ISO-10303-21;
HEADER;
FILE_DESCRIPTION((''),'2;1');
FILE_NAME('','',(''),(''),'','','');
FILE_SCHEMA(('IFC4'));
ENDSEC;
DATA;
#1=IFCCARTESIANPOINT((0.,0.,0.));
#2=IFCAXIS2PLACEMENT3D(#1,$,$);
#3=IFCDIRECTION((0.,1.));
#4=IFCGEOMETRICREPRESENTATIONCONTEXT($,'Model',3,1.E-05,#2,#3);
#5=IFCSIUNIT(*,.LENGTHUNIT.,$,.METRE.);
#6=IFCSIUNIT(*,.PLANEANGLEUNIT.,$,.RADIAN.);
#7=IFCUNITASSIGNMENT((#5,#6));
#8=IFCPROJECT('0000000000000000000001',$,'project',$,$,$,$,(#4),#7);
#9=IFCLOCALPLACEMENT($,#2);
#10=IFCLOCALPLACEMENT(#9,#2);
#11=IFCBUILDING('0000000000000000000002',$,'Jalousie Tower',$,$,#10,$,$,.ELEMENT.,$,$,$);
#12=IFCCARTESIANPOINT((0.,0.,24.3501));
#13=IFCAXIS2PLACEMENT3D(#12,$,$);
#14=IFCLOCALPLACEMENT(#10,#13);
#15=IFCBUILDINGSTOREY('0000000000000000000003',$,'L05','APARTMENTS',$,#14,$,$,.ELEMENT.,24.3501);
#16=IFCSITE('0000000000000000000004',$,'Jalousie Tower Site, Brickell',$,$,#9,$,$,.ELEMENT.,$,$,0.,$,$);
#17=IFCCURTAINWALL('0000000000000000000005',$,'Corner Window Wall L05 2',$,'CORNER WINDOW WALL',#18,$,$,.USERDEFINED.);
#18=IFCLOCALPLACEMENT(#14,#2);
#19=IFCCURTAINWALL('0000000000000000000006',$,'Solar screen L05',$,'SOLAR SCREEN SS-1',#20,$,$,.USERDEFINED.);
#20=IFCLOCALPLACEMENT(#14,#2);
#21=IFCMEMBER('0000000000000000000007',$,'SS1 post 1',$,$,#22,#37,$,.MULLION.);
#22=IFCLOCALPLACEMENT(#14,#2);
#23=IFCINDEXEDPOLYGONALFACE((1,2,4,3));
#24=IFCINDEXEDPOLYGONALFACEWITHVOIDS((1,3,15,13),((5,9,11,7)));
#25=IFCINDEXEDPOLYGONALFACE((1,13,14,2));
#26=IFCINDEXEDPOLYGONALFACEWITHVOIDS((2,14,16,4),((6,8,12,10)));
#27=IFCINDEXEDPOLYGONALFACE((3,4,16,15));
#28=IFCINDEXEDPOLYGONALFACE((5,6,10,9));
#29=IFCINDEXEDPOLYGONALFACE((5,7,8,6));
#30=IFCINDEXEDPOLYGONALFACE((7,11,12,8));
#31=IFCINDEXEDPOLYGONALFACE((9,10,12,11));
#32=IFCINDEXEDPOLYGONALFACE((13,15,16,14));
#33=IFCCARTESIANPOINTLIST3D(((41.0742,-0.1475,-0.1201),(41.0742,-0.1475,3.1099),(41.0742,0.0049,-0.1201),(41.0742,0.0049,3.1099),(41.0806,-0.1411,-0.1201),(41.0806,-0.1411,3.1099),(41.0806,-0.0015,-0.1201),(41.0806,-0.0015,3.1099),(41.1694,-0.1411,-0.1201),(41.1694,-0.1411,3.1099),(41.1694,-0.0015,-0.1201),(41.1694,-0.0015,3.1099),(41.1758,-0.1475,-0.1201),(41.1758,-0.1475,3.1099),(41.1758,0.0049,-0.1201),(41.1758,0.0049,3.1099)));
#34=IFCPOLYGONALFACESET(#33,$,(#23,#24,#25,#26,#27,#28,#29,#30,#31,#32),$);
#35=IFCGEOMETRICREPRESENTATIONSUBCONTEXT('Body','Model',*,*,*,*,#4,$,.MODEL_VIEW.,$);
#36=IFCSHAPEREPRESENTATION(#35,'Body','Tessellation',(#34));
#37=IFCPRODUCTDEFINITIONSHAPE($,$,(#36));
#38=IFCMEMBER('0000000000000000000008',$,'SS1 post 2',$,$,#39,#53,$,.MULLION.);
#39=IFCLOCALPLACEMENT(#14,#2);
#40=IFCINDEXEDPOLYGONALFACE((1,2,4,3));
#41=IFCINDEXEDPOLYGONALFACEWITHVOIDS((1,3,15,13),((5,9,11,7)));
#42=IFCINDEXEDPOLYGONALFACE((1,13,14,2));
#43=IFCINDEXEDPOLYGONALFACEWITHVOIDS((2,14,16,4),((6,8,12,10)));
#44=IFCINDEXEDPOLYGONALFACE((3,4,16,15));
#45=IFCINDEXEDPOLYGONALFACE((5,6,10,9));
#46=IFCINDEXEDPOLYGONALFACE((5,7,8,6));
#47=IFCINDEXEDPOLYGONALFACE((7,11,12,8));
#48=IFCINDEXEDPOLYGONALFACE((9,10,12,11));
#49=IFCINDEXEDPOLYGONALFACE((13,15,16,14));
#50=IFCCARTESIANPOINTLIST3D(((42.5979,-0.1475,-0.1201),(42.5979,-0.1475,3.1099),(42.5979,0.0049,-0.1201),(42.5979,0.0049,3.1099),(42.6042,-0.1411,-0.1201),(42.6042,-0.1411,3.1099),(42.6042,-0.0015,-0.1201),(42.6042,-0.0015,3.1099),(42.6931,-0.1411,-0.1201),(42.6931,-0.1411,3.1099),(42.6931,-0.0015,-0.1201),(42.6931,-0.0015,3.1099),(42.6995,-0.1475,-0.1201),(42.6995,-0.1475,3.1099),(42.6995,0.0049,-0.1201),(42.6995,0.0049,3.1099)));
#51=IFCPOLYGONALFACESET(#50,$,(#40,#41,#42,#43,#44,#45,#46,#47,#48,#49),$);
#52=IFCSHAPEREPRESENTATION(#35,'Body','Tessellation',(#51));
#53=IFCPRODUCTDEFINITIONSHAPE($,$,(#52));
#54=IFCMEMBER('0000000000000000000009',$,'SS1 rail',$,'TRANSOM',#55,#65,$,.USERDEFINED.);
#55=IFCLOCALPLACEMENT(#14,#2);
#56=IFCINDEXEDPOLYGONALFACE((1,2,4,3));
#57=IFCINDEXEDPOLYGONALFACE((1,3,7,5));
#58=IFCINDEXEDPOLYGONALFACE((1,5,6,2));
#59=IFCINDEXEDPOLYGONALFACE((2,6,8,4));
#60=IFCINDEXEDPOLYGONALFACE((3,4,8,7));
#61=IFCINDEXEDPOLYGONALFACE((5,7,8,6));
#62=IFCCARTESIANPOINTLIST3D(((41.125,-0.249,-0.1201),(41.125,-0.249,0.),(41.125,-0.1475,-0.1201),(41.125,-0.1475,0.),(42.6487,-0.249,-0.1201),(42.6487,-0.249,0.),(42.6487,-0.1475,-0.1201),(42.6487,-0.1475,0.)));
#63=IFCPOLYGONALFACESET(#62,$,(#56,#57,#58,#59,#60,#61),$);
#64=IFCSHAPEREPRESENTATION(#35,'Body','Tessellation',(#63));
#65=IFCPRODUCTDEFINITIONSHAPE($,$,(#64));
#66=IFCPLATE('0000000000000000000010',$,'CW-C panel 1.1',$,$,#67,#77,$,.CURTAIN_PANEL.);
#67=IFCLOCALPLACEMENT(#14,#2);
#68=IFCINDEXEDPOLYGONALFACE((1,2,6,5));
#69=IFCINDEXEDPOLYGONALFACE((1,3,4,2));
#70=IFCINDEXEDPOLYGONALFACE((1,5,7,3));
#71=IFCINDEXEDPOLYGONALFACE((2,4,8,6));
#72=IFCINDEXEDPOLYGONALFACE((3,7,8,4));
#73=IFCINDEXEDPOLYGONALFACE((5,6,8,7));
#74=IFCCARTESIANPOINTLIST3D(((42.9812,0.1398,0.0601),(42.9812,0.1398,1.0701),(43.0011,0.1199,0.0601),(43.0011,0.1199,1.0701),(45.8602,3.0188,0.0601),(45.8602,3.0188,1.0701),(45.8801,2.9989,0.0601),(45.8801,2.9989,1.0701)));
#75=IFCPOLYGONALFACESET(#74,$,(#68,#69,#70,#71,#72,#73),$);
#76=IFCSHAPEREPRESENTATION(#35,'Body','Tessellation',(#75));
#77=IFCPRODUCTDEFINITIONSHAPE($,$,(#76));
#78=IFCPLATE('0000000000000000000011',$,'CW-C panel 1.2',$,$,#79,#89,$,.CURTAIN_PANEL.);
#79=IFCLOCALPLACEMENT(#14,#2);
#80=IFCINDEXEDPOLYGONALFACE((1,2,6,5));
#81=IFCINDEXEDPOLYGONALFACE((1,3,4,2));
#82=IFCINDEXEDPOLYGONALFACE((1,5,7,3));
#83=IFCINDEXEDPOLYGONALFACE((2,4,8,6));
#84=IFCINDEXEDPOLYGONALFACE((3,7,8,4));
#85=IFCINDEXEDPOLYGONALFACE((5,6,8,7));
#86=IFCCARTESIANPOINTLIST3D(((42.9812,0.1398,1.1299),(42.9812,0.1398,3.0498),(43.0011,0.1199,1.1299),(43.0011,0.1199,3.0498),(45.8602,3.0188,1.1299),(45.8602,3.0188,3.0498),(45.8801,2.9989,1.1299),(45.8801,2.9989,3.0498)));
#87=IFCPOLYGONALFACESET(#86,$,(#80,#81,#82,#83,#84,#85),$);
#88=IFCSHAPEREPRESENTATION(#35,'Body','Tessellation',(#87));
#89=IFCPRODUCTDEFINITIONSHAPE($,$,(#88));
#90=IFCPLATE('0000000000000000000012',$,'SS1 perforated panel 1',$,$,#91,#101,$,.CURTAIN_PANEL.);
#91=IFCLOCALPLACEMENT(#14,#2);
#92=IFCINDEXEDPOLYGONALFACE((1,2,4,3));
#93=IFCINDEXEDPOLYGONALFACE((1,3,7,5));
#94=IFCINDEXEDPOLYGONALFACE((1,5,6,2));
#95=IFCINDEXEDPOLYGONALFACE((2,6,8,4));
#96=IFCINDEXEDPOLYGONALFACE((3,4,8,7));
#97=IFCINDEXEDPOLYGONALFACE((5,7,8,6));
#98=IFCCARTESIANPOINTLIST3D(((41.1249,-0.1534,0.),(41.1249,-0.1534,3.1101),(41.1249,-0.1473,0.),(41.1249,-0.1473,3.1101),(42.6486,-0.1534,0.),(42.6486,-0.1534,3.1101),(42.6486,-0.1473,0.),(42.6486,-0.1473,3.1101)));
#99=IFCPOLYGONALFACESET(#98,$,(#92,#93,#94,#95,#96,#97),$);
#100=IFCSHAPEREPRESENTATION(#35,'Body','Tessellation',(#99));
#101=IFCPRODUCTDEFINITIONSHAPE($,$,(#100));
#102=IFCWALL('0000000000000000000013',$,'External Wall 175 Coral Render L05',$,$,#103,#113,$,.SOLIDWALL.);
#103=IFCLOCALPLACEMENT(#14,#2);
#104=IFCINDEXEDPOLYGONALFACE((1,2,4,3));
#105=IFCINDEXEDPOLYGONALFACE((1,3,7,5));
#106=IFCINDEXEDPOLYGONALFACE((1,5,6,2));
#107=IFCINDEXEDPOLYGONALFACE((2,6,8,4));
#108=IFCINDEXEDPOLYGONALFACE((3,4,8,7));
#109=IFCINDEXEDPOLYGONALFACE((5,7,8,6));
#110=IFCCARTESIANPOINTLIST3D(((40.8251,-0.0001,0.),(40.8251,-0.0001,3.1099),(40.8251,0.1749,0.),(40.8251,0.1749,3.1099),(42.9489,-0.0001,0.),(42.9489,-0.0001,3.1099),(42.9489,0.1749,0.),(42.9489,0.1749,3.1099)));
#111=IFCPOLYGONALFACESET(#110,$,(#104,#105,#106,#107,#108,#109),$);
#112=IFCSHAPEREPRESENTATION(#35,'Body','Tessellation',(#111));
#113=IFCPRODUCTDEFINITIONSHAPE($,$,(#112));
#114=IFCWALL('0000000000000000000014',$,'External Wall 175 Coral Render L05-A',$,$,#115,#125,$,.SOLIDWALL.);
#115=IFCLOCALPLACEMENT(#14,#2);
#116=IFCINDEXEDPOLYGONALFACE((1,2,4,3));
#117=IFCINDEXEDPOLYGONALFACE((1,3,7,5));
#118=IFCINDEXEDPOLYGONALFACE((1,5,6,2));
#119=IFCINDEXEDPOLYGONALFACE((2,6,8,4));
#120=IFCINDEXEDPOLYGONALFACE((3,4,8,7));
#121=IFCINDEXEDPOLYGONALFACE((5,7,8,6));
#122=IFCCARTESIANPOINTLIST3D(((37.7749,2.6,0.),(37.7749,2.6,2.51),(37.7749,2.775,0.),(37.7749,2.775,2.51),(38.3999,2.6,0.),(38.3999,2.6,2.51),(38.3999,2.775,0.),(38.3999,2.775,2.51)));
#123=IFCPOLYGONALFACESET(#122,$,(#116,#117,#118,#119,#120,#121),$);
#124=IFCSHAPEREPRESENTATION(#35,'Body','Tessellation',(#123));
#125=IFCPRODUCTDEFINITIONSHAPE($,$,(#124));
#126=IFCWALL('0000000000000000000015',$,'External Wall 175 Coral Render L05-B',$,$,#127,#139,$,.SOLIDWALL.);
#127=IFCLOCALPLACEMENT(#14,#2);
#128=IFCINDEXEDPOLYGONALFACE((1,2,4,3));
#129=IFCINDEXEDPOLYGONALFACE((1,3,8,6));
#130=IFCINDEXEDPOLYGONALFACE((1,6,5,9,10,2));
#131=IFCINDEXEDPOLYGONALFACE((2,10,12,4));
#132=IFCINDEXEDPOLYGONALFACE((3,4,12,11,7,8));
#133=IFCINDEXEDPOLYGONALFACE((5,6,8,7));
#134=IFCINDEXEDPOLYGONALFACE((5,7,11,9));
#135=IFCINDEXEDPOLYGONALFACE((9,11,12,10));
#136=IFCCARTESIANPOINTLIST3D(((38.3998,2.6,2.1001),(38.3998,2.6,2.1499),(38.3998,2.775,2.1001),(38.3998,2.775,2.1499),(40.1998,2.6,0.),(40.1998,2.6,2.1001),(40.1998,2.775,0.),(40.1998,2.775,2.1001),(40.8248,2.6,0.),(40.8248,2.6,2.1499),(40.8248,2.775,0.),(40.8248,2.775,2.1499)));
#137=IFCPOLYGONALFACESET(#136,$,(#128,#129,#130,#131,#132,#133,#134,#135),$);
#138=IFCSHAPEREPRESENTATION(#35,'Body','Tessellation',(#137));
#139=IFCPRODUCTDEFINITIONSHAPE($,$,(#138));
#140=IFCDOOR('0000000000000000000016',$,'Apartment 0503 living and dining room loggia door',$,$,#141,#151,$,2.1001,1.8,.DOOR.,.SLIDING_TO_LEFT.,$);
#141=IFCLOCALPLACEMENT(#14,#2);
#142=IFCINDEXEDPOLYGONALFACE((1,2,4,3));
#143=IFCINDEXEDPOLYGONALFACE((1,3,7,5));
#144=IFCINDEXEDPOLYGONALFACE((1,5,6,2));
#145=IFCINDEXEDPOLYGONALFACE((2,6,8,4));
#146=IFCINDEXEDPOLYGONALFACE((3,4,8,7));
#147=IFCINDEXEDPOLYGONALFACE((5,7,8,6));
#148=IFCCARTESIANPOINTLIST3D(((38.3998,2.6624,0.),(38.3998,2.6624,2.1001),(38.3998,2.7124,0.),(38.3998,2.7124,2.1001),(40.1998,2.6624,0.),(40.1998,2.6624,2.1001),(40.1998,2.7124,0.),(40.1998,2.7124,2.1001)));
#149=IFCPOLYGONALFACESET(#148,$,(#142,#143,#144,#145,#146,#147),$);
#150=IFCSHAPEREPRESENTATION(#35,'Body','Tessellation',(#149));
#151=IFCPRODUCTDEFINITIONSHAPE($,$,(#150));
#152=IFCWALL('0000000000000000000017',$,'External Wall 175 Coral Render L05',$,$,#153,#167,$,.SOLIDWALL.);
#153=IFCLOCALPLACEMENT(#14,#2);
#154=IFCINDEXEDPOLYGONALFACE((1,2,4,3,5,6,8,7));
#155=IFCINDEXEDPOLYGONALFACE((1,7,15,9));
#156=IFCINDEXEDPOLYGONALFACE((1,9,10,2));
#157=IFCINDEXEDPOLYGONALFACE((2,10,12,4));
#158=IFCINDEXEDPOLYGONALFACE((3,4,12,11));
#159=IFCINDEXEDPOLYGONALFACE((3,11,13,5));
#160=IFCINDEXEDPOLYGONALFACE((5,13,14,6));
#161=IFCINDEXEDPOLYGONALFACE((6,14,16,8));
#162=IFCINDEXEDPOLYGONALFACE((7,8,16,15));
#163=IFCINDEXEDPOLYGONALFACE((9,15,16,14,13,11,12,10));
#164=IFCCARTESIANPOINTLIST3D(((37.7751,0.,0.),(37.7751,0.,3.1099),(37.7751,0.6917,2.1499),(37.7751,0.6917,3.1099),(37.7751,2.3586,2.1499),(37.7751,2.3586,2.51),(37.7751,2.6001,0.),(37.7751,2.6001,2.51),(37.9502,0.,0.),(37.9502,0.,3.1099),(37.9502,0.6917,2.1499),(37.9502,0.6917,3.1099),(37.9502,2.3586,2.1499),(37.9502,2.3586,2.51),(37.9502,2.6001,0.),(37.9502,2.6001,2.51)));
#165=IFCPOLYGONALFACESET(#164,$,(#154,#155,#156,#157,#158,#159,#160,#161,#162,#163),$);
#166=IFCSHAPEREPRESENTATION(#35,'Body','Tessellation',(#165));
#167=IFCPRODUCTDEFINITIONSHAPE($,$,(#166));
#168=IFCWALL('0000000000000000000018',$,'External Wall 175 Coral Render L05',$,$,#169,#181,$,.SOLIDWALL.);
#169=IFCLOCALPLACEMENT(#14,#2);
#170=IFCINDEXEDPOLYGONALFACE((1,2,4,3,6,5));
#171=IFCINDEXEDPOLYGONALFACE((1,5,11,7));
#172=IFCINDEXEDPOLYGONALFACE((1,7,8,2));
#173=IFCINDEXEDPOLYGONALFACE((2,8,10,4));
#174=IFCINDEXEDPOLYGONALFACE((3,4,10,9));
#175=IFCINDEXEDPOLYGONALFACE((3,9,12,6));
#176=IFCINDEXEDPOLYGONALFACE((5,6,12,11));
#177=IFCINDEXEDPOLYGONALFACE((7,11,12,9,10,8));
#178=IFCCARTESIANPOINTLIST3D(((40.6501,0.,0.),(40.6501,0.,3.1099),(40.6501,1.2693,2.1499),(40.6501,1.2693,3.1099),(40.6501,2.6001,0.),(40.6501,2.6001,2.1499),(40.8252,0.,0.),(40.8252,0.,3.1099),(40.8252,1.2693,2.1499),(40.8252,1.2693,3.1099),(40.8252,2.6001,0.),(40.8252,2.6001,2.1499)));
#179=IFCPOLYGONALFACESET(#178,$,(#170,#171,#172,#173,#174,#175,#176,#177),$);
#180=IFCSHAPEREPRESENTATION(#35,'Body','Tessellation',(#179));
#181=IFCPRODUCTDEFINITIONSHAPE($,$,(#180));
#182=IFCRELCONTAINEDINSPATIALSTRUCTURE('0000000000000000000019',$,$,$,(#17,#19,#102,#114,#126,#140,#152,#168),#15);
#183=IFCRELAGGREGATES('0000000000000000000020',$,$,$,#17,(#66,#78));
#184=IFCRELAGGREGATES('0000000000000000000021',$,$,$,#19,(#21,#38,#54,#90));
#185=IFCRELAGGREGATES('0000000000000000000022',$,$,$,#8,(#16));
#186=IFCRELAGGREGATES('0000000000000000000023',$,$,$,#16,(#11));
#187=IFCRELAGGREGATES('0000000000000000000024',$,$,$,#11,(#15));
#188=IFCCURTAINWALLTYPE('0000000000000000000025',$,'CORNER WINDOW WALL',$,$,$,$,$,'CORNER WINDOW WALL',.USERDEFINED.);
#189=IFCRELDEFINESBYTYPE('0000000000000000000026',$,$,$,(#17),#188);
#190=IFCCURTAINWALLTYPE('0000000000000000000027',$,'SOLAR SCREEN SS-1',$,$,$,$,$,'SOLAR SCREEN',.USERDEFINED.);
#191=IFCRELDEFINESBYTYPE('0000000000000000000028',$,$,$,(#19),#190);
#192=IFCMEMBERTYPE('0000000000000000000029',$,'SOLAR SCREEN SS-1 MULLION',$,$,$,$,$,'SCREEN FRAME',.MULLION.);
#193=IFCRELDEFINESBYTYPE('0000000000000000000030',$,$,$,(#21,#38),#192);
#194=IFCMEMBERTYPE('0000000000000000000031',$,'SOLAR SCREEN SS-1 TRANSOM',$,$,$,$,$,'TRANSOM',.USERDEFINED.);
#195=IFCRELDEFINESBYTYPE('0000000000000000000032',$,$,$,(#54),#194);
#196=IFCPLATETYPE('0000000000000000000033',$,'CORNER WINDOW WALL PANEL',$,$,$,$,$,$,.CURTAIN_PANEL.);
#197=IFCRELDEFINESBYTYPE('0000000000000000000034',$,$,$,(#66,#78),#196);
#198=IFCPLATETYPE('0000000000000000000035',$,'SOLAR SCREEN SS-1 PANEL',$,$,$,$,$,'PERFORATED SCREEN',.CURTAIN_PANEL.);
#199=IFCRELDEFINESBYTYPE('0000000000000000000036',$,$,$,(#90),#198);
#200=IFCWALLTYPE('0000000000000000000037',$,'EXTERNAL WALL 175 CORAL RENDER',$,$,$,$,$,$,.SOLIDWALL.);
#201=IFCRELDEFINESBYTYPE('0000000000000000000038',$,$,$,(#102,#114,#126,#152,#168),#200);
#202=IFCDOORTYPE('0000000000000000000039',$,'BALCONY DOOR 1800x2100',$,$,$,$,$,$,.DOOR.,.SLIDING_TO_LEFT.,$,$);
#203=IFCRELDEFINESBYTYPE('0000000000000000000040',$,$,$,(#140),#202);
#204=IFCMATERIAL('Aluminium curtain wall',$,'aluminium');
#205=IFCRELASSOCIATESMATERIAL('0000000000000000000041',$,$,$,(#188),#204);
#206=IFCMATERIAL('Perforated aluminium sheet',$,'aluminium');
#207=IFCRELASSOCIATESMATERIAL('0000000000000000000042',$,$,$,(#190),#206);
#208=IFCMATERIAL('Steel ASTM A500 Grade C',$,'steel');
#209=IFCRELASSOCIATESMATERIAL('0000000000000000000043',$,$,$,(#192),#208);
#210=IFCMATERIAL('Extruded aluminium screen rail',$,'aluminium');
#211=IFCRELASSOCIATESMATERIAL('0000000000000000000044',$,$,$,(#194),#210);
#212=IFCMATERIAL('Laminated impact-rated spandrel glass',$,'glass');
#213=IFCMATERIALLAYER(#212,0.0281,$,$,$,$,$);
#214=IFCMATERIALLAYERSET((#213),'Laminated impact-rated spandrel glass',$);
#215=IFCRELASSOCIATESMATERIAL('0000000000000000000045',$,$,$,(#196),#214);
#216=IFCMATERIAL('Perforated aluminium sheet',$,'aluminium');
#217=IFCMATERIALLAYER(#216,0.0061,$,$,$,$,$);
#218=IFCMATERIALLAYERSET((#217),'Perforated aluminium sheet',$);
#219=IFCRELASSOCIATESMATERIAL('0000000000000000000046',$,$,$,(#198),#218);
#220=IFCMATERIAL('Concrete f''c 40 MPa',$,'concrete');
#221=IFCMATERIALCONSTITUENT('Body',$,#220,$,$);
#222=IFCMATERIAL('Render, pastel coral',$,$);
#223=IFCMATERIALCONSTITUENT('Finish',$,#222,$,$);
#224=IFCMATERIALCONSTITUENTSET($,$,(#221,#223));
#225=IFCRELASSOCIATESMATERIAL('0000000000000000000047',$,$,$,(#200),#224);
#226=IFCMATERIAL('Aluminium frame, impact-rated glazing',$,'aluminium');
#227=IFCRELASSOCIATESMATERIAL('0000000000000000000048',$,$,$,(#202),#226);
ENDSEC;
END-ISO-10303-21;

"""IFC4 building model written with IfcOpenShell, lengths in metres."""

from ifc_helpers import new_model, si_unit, direction, frame, frame_2d, origin, origin_2d, place, context, subcontext, project, spatial, polyline, rectangle, hollow_rectangle, outline, extrude, material, layer, layer_set, constituent, constituent_set, material_profile, profile_set, type_object, element, fill, aggregate, save


model = new_model("IFC4")

# Units and contexts
model_context = context("Model", 3, precision=1e-05, world=origin(), true_north=direction((0.0, 1.0)))
body_context = subcontext(model_context, "Body", "Model", "MODEL_VIEW")
ifc_project = project(units=[si_unit("LENGTHUNIT", "METRE"), si_unit("PLANEANGLEUNIT", "RADIAN")], contexts=[model_context])

# Site, building, storey
site_placement = place(None, origin())
site = spatial("IfcSite", under=ifc_project, at=site_placement, Name="Jalousie Tower Site, Brickell", CompositionType="ELEMENT", RefElevation=0.0)
building_placement = place(site_placement, origin())
building = spatial("IfcBuilding", under=site, at=building_placement, Name="Jalousie Tower", CompositionType="ELEMENT")
storey_placement = place(building_placement, frame((0.0, 0.0, 24.3501)))
storey = spatial("IfcBuildingStorey", under=building, at=storey_placement, Name="L05", Description="APARTMENTS", CompositionType="ELEMENT", Elevation=24.3501)

# Curtain wall
ifc_material_1 = material(Name="Aluminium curtain wall", Category="aluminium")
curtain_wall_type_1 = type_object("IfcCurtainWallType", Name="CORNER WINDOW WALL", ElementType="CORNER WINDOW WALL", PredefinedType="USERDEFINED", material=ifc_material_1)
curtain_wall_1_placement = place(storey_placement, origin())
curtain_wall_1 = element("IfcCurtainWall", 1, at=curtain_wall_1_placement, inside=storey, type_object=curtain_wall_type_1, Name="Corner Window Wall L05 2", ObjectType="CORNER WINDOW WALL", PredefinedType="USERDEFINED")

# Shared definitions
ifc_material_2 = material(Name="Perforated aluminium sheet", Category="aluminium")
curtain_wall_type_2 = type_object("IfcCurtainWallType", Name="SOLAR SCREEN SS-1", ElementType="SOLAR SCREEN", PredefinedType="USERDEFINED", material=ifc_material_2)
ifc_material_3 = material(Name="Steel ASTM A500 Grade C", Category="steel")
ifc_material_profile_1 = material_profile(ifc_material_3, hollow_rectangle(XDim=0.1016, YDim=0.1523, WallThickness=0.0063, at=origin_2d()), Name="HSS6X4X1/4")
ifc_profile_set_1 = profile_set([ifc_material_profile_1], Name="Steel ASTM A500 Grade C")
member_type_1 = type_object("IfcMemberType", Name="SOLAR SCREEN SS-1 MULLION", ElementType="SCREEN FRAME", PredefinedType="MULLION", material=ifc_profile_set_1)

# Curtain wall, members
curtain_wall_2_placement = place(storey_placement, origin())
curtain_wall_2 = element("IfcCurtainWall", 2, at=curtain_wall_2_placement, inside=storey, type_object=curtain_wall_type_2, Name="Solar screen L05", ObjectType="SOLAR SCREEN SS-1", PredefinedType="USERDEFINED")
member_1_placement = place(storey_placement, frame((41.125, -0.0713, -0.1201), z_axis=(0.0, 0.0, 1.0), x_axis=(1.0, 0.0, 0.0)))
member_1 = element("IfcMember", 3, at=member_1_placement, type_object=member_type_1, Name="SS1 post 1", PredefinedType="MULLION", context=body_context, shape_type="SweptSolid", body=[
    extrude(hollow_rectangle(XDim=0.1016, YDim=0.1523, WallThickness=0.0063, at=origin_2d()), origin(), (0.0, 0.0, 1.0), 3.23),
])
member_2_placement = place(storey_placement, frame((42.6487, -0.0713, -0.1201), z_axis=(0.0, 0.0, 1.0), x_axis=(1.0, 0.0, 0.0)))
member_2 = element("IfcMember", 4, at=member_2_placement, type_object=member_type_1, Name="SS1 post 2", PredefinedType="MULLION", context=body_context, shape_type="SweptSolid", body=[
    extrude(hollow_rectangle(XDim=0.1016, YDim=0.1523, WallThickness=0.0063, at=origin_2d()), origin(), (0.0, 0.0, 1.0), 3.23),
])
ifc_material_4 = material(Name="Extruded aluminium screen rail", Category="aluminium")
ifc_material_profile_2 = material_profile(ifc_material_4, rectangle(XDim=0.1016, YDim=0.1201, at=origin_2d()), Name="RAIL 102x120")
ifc_profile_set_2 = profile_set([ifc_material_profile_2], Name="Extruded aluminium screen rail")
member_type_2 = type_object("IfcMemberType", Name="SOLAR SCREEN SS-1 TRANSOM", ElementType="TRANSOM", PredefinedType="USERDEFINED", material=ifc_profile_set_2)
member_3_placement = place(storey_placement, frame((41.125, -0.1982, -0.0601), z_axis=(1.0, 0.0, 0.0), x_axis=(0.0, 1.0, 0.0)))
member_3 = element("IfcMember", 5, at=member_3_placement, type_object=member_type_2, Name="SS1 rail", ObjectType="TRANSOM", PredefinedType="USERDEFINED", context=body_context, shape_type="SweptSolid", body=[
    extrude(rectangle(XDim=0.1016, YDim=0.1201, at=origin_2d()), origin(), (0.0, 0.0, 1.0), 1.5237),
])

# Plates
ifc_material_5 = material(Name="Laminated impact-rated spandrel glass", Category="glass")
ifc_layer_1 = layer(ifc_material_5, 0.0281)
ifc_layer_set_1 = layer_set([ifc_layer_1], Name="Laminated impact-rated spandrel glass")
plate_type_1 = type_object("IfcPlateType", Name="CORNER WINDOW WALL PANEL", PredefinedType="CURTAIN_PANEL", material=ifc_layer_set_1)
plate_1_placement = place(storey_placement, frame((44.4307, 1.5693, 0.0601), z_axis=(0.0, 0.0, 1.0), x_axis=(0.707107, 0.707107, 0.0)))
plate_1 = element("IfcPlate", 6, at=plate_1_placement, type_object=plate_type_1, Name="CW-C panel 1.1", PredefinedType="CURTAIN_PANEL", context=body_context, shape_type="SweptSolid", body=[
    extrude(rectangle(XDim=4.0715, YDim=0.0281, at=origin_2d()), origin(), (0.0, 0.0, 1.0), 1.01),
])
plate_2_placement = place(storey_placement, frame((44.4307, 1.5693, 1.1299), z_axis=(0.0, 0.0, 1.0), x_axis=(0.707107, 0.707107, 0.0)))
plate_2 = element("IfcPlate", 7, at=plate_2_placement, type_object=plate_type_1, Name="CW-C panel 1.2", PredefinedType="CURTAIN_PANEL", context=body_context, shape_type="SweptSolid", body=[
    extrude(rectangle(XDim=4.0715, YDim=0.0281, at=origin_2d()), origin(), (0.0, 0.0, 1.0), 1.9199),
])
aggregate(curtain_wall_1, [plate_1, plate_2])
ifc_material_6 = material(Name="Perforated aluminium sheet", Category="aluminium")
ifc_layer_2 = layer(ifc_material_6, 0.0061)
ifc_layer_set_2 = layer_set([ifc_layer_2], Name="Perforated aluminium sheet")
plate_type_2 = type_object("IfcPlateType", Name="SOLAR SCREEN SS-1 PANEL", ElementType="PERFORATED SCREEN", PredefinedType="CURTAIN_PANEL", material=ifc_layer_set_2)
plate_3_placement = place(storey_placement, frame((41.8867, -0.1504, 0.0), z_axis=(0.0, 0.0, 1.0), x_axis=(1.0, 0.0, 0.0)))
plate_3 = element("IfcPlate", 8, at=plate_3_placement, type_object=plate_type_2, Name="SS1 perforated panel 1", PredefinedType="CURTAIN_PANEL", context=body_context, shape_type="SweptSolid", body=[
    extrude(rectangle(XDim=1.5237, YDim=0.0061, at=origin_2d()), origin(), (0.0, 0.0, 1.0), 3.1101),
])
aggregate(curtain_wall_2, [member_1, member_2, member_3, plate_3])

# Walls
ifc_material_7 = material(Name="Concrete f'c 40 MPa", Category="concrete")
ifc_constituent_1 = constituent(ifc_material_7, Name="Body")
ifc_material_8 = material(Name="Render, pastel coral")
ifc_constituent_2 = constituent(ifc_material_8, Name="Finish")
ifc_constituent_set = constituent_set(constituents=[ifc_constituent_1, ifc_constituent_2])
wall_type = type_object("IfcWallType", Name="EXTERNAL WALL 175 CORAL RENDER", PredefinedType="SOLIDWALL", material=ifc_constituent_set)
wall_1_placement = place(storey_placement, frame((40.825, 0.0874, 0.0), z_axis=(0.0, 0.0, 1.0), x_axis=(1.0, 0.0, 0.0)))
element("IfcWall", 9, at=wall_1_placement, inside=storey, type_object=wall_type, Name="External Wall 175 Coral Render L05", PredefinedType="SOLIDWALL", context=body_context, shape_type="SweptSolid", body=[
    extrude(rectangle(XDim=2.1238, YDim=0.175, at=frame_2d((1.062, 0.0))), origin(), (0.0, 0.0, 1.0), 3.1099),
])
wall_2_placement = place(storey_placement, frame((37.7749, 2.6875, 0.0), z_axis=(0.0, 0.0, 1.0), x_axis=(1.0, 0.0, 0.0)))
element("IfcWall", 10, at=wall_2_placement, inside=storey, type_object=wall_type, Name="External Wall 175 Coral Render L05-A", PredefinedType="SOLIDWALL", context=body_context, shape_type="SweptSolid", body=[
    extrude(rectangle(XDim=0.625, YDim=0.175, at=frame_2d((0.3125, 0.0))), origin(), (0.0, 0.0, 1.0), 2.51),
])

# Wall, opening, door
wall_3_placement = place(storey_placement, frame((38.3999, 2.6875, 0.0), z_axis=(0.0, 0.0, 1.0), x_axis=(1.0, 0.0, 0.0)))
wall_3 = element("IfcWall", 11, at=wall_3_placement, inside=storey, type_object=wall_type, Name="External Wall 175 Coral Render L05-B", PredefinedType="SOLIDWALL", context=body_context, shape_type="SweptSolid", body=[
    extrude(rectangle(XDim=2.425, YDim=0.175, at=frame_2d((1.2124, 0.0))), origin(), (0.0, 0.0, 1.0), 2.1499),
])
opening_placement = place(wall_3_placement, origin())
opening = element("IfcOpeningElement", 12, at=opening_placement, cuts=wall_3, PredefinedType="OPENING", context=body_context, shape_type="SweptSolid", body=[
    extrude(rectangle(XDim=1.8, YDim=2.1001, at=frame_2d((0.8999, 1.05))), frame((0.0, 0.0974, 0.0), z_axis=(0.0, -1.0, 0.0), x_axis=(1.0, 0.0, 0.0)), (0.0, 0.0, 1.0), 0.1951),
])
ifc_material_9 = material(Name="Aluminium frame, impact-rated glazing", Category="aluminium")
door_type = type_object("IfcDoorType", Name="BALCONY DOOR 1800x2100", OperationType="SLIDING_TO_LEFT", PredefinedType="DOOR", material=ifc_material_9)
door_placement = place(opening_placement, origin())
door = element("IfcDoor", 13, at=door_placement, inside=storey, type_object=door_type, Name="Apartment 0503 living and dining room loggia door", OperationType="SLIDING_TO_LEFT", OverallHeight=2.1001, OverallWidth=1.8, PredefinedType="DOOR", context=body_context, shape_type="SweptSolid", body=[
    extrude(rectangle(XDim=1.8, YDim=2.1001, at=frame_2d((0.8999, 1.05))), frame((0.0, 0.0249, 0.0), z_axis=(0.0, -1.0, 0.0), x_axis=(1.0, 0.0, 0.0)), (0.0, 0.0, 1.0), 0.05),
])
fill(opening, door)

# Walls
wall_4_placement = place(storey_placement, frame((37.8625, 0.0, 0.0), z_axis=(0.0, 0.0, 1.0), x_axis=(0.0, 1.0, 0.0)))
element("IfcWall", 14, at=wall_4_placement, inside=storey, type_object=wall_type, Name="External Wall 175 Coral Render L05", PredefinedType="SOLIDWALL", context=body_context, shape_type="SweptSolid", body=[
    extrude(outline(polyline([(0.0, 0.0), (2.6001, 0.0), (2.6001, 2.51), (2.3586, 2.51), (2.3586, 2.1499), (0.6917, 2.1499), (0.6917, 3.1099), (0.0, 3.1099), (0.0, 0.0)])), frame((0.0, 0.0874, 0.0), z_axis=(0.0, -1.0, 0.0), x_axis=(1.0, 0.0, 0.0)), (0.0, 0.0, 1.0), 0.175),
])
wall_5_placement = place(storey_placement, frame((40.7375, 0.0, 0.0), z_axis=(0.0, 0.0, 1.0), x_axis=(0.0, 1.0, 0.0)))
element("IfcWall", 15, at=wall_5_placement, inside=storey, type_object=wall_type, Name="External Wall 175 Coral Render L05", PredefinedType="SOLIDWALL", context=body_context, shape_type="SweptSolid", body=[
    extrude(outline(polyline([(0.0, 0.0), (2.6001, 0.0), (2.6001, 2.1499), (1.2693, 2.1499), (1.2693, 3.1099), (0.0, 3.1099), (0.0, 0.0)])), frame((0.0, 0.0874, 0.0), z_axis=(0.0, -1.0, 0.0), x_axis=(1.0, 0.0, 0.0)), (0.0, 0.0, 1.0), 0.175),
])

save(model, "model.ifc")
